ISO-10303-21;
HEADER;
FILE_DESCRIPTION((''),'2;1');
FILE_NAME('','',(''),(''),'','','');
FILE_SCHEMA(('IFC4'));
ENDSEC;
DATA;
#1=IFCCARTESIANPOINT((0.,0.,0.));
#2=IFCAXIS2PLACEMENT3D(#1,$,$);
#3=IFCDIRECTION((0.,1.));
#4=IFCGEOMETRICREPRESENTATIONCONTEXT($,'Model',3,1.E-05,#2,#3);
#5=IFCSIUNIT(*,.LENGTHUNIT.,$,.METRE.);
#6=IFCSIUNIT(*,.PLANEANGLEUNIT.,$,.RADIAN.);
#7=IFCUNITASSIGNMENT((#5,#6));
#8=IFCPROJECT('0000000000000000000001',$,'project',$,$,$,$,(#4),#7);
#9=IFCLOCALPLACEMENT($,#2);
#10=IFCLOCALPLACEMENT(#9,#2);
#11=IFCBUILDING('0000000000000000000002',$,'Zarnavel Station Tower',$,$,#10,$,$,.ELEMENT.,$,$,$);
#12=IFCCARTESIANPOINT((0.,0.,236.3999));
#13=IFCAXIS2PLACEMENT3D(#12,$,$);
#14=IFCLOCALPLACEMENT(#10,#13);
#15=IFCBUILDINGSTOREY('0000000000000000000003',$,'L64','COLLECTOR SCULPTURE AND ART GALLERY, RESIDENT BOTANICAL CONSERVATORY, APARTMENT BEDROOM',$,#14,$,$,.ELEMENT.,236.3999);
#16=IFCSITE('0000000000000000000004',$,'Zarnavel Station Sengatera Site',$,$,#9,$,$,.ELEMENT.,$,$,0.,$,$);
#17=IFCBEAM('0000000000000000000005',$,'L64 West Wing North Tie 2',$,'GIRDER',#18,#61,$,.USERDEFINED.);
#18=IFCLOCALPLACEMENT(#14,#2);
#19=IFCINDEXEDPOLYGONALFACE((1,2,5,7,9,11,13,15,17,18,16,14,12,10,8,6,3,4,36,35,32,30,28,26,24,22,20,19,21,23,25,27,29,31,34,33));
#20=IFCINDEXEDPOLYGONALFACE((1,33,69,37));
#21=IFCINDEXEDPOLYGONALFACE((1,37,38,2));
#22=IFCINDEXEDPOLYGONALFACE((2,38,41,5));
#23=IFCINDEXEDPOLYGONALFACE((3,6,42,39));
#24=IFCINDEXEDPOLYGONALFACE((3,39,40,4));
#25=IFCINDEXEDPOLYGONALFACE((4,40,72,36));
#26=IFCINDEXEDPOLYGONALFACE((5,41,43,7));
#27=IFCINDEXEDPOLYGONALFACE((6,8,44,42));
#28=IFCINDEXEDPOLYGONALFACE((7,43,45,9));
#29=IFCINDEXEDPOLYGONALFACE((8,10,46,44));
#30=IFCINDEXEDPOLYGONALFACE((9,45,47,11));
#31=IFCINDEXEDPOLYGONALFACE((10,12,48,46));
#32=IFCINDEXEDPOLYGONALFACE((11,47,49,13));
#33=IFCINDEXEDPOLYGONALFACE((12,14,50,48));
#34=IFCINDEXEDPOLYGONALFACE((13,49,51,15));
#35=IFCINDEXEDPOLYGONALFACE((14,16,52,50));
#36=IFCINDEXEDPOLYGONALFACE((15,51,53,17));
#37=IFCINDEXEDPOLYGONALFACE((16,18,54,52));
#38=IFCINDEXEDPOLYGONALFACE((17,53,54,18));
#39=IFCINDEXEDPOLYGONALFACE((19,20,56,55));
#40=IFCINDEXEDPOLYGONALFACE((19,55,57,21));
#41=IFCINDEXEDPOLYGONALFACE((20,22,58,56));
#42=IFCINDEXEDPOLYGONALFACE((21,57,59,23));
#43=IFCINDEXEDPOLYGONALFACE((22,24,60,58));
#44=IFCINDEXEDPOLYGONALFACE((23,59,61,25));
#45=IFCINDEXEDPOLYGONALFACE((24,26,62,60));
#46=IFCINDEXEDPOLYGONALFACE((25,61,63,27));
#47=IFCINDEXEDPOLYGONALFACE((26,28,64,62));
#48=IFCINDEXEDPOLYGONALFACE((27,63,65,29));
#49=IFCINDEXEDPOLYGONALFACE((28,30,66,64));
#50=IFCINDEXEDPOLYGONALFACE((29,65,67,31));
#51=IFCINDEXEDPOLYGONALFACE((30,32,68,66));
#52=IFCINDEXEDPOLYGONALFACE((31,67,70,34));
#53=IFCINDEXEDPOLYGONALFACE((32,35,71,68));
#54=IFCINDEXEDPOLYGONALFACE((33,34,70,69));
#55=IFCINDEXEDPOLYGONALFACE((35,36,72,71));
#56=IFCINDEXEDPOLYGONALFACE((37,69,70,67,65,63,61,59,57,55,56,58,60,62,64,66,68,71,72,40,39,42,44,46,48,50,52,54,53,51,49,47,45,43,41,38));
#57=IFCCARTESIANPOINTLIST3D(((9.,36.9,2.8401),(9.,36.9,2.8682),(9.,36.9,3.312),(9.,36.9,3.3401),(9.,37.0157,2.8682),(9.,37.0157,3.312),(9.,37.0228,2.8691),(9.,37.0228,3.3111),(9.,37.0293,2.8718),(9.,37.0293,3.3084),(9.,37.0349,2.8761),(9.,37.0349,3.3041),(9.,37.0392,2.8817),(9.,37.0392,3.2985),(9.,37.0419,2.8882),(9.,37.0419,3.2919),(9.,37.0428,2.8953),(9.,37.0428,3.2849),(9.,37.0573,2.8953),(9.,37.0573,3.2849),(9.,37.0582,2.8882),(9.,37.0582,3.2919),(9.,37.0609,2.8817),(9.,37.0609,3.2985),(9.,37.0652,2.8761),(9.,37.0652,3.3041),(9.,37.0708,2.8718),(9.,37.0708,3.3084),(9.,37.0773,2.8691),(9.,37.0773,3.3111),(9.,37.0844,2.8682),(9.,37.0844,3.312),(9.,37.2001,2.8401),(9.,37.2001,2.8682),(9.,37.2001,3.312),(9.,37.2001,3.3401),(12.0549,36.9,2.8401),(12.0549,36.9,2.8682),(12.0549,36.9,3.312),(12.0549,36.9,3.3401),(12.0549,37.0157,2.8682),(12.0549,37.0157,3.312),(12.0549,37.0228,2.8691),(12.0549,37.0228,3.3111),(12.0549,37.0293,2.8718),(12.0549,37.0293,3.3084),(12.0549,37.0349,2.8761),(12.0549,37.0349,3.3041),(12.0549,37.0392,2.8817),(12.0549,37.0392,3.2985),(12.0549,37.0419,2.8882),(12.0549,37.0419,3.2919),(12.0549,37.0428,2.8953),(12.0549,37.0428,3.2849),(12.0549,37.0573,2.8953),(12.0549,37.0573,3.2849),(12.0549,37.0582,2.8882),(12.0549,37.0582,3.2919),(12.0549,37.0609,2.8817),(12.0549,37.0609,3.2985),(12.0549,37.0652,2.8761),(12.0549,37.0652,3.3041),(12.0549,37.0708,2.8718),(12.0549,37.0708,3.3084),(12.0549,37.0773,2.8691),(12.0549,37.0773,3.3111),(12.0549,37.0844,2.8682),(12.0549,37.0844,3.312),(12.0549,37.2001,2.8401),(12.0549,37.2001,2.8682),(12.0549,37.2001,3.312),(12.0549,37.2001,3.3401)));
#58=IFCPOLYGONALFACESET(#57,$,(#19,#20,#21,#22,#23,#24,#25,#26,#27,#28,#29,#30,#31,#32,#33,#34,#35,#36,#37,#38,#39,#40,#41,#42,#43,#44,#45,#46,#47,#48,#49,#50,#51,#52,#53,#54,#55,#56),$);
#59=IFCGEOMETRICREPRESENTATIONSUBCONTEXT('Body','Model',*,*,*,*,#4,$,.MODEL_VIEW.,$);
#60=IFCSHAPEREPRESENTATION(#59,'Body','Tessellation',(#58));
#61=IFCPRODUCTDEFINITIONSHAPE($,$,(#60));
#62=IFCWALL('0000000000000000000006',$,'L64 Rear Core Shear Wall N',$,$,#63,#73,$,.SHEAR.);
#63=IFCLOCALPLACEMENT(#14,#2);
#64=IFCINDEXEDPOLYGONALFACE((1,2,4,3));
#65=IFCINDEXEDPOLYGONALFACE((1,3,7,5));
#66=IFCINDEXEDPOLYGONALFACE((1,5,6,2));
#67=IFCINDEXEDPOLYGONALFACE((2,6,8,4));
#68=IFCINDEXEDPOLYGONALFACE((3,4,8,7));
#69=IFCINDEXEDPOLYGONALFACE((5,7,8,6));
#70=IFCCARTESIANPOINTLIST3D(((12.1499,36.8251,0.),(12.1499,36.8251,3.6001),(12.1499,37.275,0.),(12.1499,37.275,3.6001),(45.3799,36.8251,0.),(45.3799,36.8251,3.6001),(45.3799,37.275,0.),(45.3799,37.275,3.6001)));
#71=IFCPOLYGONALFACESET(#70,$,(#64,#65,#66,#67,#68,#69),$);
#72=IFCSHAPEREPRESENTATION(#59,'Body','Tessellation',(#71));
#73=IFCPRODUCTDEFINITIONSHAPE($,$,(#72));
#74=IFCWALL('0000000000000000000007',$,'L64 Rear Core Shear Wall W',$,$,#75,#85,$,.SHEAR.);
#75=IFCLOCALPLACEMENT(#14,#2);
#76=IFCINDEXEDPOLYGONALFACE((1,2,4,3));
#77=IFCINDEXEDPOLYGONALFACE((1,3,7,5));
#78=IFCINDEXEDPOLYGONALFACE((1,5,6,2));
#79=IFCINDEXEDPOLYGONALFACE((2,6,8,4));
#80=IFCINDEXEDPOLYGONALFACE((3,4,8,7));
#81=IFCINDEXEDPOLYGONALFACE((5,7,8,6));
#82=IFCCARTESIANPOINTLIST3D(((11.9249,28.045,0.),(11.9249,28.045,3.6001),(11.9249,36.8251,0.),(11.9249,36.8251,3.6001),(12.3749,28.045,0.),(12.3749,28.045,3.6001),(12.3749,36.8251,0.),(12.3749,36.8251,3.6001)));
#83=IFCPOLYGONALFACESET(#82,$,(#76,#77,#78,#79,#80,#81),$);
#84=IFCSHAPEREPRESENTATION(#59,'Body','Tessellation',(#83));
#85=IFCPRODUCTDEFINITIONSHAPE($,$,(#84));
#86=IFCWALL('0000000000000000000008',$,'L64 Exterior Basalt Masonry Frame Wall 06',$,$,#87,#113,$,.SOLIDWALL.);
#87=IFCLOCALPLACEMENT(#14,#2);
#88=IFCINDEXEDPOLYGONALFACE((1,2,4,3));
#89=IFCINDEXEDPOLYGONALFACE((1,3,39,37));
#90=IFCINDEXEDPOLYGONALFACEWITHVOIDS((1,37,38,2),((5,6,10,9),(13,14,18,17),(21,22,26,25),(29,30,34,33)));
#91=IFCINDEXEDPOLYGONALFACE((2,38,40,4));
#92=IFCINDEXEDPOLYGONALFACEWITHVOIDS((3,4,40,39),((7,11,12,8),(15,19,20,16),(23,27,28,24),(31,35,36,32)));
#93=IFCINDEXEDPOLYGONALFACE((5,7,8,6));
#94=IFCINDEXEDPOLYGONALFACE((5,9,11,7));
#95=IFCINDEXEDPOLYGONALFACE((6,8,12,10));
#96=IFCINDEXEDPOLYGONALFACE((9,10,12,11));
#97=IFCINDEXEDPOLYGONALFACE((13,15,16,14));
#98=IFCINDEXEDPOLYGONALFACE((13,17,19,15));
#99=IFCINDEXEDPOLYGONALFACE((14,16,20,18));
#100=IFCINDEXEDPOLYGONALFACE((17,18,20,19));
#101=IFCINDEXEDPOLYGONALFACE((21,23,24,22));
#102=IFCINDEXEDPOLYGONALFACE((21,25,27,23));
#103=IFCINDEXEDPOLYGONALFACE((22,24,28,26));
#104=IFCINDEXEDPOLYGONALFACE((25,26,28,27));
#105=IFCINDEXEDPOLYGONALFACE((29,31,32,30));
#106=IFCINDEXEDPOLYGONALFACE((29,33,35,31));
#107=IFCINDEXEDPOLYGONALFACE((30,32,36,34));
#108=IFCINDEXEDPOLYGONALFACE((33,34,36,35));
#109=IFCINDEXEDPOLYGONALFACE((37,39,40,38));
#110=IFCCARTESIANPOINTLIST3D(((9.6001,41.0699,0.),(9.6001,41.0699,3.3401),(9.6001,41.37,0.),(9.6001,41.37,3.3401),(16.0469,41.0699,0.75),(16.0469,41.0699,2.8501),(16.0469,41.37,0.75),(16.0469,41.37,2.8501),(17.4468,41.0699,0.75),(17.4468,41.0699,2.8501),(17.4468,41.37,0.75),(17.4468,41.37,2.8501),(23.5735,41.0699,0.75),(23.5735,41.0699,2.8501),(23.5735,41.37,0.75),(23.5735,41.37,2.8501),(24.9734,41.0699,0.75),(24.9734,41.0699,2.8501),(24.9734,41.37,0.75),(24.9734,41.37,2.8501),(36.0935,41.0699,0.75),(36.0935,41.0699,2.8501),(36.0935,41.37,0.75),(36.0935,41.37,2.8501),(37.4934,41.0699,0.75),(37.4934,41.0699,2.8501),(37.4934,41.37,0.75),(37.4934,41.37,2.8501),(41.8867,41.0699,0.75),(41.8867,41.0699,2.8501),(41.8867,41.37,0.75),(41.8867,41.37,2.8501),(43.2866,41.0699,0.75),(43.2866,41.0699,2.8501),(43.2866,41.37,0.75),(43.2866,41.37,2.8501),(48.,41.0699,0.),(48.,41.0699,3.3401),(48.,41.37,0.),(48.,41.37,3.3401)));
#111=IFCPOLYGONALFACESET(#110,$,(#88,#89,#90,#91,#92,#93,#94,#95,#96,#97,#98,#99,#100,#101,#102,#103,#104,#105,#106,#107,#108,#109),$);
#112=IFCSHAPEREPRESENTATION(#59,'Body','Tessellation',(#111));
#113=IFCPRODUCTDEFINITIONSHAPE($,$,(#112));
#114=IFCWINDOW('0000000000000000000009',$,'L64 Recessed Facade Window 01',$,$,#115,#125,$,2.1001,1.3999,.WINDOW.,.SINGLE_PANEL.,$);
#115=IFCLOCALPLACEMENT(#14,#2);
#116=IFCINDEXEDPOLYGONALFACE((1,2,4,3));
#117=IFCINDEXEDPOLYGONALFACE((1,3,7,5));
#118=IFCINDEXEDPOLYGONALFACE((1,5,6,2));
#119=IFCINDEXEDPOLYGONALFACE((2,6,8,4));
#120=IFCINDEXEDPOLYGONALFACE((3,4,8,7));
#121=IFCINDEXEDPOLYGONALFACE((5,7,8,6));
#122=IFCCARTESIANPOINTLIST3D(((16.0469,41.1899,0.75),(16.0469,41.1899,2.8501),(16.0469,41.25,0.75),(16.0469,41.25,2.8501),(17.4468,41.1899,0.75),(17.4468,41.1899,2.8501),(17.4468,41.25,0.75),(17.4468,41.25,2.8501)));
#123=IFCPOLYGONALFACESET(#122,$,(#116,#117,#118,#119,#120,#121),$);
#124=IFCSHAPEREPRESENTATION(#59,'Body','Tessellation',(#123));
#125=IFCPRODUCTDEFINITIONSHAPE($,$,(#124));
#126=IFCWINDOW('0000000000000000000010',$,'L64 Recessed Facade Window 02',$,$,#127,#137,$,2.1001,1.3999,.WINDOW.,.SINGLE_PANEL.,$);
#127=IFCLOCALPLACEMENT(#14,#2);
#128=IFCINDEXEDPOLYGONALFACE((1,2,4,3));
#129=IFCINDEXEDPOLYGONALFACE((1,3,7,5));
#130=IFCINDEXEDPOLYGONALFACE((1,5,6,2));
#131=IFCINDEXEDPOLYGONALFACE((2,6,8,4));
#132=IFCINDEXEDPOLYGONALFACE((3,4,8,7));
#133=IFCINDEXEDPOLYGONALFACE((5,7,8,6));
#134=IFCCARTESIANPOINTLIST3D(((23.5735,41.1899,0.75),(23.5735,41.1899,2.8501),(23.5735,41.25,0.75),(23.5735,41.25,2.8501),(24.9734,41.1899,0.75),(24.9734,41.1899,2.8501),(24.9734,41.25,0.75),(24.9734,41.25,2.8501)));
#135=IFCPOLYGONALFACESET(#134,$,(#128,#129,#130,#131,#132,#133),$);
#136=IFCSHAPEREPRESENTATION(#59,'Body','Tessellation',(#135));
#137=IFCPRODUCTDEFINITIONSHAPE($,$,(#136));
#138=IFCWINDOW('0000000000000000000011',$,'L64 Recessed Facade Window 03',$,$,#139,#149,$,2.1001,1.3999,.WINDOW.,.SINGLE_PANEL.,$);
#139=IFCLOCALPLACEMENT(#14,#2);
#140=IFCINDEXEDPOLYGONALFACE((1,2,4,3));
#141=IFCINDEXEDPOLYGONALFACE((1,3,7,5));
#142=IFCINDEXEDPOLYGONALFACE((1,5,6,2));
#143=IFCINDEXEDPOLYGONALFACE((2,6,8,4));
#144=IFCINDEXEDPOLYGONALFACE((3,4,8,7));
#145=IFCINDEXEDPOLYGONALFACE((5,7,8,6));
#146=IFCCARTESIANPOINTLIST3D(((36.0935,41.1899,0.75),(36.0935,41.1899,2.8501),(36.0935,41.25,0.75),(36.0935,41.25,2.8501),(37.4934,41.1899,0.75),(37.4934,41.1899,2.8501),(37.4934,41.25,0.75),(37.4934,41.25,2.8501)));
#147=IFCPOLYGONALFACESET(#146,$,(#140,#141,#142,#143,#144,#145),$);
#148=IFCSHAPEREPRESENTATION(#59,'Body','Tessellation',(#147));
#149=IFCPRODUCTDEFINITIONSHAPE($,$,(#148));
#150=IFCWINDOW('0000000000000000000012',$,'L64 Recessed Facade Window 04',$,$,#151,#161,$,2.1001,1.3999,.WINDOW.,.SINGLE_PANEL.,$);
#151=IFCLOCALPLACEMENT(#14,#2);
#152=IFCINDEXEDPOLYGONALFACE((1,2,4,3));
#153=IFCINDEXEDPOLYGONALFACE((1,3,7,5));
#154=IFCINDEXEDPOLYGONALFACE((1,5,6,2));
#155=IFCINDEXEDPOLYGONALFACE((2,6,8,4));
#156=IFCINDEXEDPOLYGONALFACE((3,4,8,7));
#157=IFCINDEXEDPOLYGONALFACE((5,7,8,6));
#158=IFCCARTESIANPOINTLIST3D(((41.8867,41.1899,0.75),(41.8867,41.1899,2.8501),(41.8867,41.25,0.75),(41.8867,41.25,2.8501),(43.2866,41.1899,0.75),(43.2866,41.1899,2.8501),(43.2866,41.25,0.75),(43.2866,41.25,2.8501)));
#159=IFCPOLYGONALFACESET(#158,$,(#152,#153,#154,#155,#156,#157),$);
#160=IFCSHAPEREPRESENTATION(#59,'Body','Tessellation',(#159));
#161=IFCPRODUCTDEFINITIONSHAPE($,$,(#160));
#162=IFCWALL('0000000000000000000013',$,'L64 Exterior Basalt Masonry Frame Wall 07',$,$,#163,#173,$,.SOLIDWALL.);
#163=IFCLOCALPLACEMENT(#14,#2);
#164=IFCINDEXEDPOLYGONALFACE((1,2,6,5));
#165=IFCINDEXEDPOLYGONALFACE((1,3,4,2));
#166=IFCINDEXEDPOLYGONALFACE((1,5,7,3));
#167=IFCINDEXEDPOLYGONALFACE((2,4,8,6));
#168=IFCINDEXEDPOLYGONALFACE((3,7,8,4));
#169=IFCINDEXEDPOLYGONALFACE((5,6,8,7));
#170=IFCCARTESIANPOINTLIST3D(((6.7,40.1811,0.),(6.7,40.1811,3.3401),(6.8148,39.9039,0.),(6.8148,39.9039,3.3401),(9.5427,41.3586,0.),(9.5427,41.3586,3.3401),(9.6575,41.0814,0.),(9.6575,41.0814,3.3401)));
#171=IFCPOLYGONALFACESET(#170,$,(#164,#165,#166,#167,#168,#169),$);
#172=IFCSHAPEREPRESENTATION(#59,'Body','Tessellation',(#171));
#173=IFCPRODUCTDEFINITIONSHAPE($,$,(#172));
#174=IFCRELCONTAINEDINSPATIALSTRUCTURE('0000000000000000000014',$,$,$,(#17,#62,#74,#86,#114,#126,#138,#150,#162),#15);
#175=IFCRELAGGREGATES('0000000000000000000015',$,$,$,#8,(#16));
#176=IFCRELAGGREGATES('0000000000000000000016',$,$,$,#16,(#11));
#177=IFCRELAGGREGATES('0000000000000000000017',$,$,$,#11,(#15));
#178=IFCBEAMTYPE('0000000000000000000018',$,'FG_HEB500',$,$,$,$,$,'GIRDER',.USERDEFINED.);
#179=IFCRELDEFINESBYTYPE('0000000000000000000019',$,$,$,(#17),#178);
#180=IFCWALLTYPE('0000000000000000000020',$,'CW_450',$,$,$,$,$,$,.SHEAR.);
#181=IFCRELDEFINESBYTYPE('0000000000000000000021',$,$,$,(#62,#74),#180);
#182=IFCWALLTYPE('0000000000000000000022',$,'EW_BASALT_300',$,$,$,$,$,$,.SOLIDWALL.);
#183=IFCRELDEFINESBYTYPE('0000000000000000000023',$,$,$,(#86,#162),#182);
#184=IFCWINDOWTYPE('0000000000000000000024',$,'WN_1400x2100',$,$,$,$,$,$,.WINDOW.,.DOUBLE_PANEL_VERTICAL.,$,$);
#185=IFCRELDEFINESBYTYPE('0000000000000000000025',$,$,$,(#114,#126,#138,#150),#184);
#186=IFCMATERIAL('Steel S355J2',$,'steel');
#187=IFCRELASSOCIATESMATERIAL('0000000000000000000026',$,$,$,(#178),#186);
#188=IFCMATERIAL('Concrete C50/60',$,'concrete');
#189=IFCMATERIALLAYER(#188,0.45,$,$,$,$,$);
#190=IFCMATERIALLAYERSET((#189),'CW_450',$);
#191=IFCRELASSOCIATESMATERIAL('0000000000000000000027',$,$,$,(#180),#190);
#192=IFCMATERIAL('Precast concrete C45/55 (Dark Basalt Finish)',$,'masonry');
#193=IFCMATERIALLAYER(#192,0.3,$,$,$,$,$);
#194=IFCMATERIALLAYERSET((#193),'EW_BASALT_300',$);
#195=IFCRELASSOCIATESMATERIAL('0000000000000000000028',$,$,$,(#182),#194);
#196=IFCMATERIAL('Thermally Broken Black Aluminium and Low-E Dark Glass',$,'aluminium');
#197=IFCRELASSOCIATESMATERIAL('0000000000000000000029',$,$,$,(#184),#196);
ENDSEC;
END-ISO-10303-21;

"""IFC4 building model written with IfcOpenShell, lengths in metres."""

from ifc_helpers import new_model, si_unit, direction, frame, frame_2d, origin, origin_2d, place, context, subcontext, project, spatial, rectangle, i_section, extrude, material, layer, layer_set, material_profile, profile_set, type_object, element, fill, save


model = new_model("IFC4")

# Units and contexts
model_context = context("Model", 3, precision=1e-05, world=origin(), true_north=direction((0.0, 1.0)))
body_context = subcontext(model_context, "Body", "Model", "MODEL_VIEW")
ifc_project = project(units=[si_unit("LENGTHUNIT", "METRE"), si_unit("PLANEANGLEUNIT", "RADIAN")], contexts=[model_context])

# Site, building, storey
site_placement = place(None, origin())
site = spatial("IfcSite", under=ifc_project, at=site_placement, Name="Zarnavel Station Sengatera Site", CompositionType="ELEMENT", RefElevation=0.0)
building_placement = place(site_placement, origin())
building = spatial("IfcBuilding", under=site, at=building_placement, Name="Zarnavel Station Tower", CompositionType="ELEMENT")
storey_placement = place(building_placement, frame((0.0, 0.0, 236.3999)))
storey = spatial("IfcBuildingStorey", under=building, at=storey_placement, Name="L64", Description="COLLECTOR SCULPTURE AND ART GALLERY, RESIDENT BOTANICAL CONSERVATORY, APARTMENT BEDROOM", CompositionType="ELEMENT", Elevation=236.3999)

# Beam
ifc_material_1 = material(Name="Steel S355J2", Category="steel")
ifc_material_profile_1 = material_profile(ifc_material_1, i_section(OverallWidth=0.3, OverallDepth=0.5, WebThickness=0.0144, FlangeThickness=0.0281, FilletRadius=0.0271, at=origin_2d()), Name="HEB500")
ifc_profile_set_1 = profile_set([ifc_material_profile_1], Name="Steel S355J2")
beam_type = type_object("IfcBeamType", Name="FG_HEB500", ElementType="GIRDER", PredefinedType="USERDEFINED", material=ifc_profile_set_1)
beam_1_placement = place(storey_placement, frame((9.0, 37.05, 3.0901), z_axis=(1.0, 0.0, 0.0), x_axis=(0.0, 1.0, 0.0)))
element("IfcBeam", 1, at=beam_1_placement, inside=storey, type_object=beam_type, Name="L64 West Wing North Tie 2", ObjectType="GIRDER", PredefinedType="USERDEFINED", context=body_context, shape_type="SweptSolid", body=[
    extrude(i_section(OverallWidth=0.3, OverallDepth=0.5, WebThickness=0.0144, FlangeThickness=0.0281, FilletRadius=0.0271, at=origin_2d()), origin(), (0.0, 0.0, 1.0), 3.0549),
])

# Walls
ifc_material_2 = material(Name="Concrete C50/60", Category="concrete")
ifc_layer_1 = layer(ifc_material_2, 0.45)
ifc_layer_set_1 = layer_set([ifc_layer_1], Name="CW_450")
wall_type_1 = type_object("IfcWallType", Name="CW_450", PredefinedType="SHEAR", material=ifc_layer_set_1)
wall_1_placement = place(storey_placement, frame((12.1499, 37.05, 0.0), z_axis=(0.0, 0.0, 1.0), x_axis=(1.0, 0.0, 0.0)))
element("IfcWall", 2, at=wall_1_placement, inside=storey, type_object=wall_type_1, Name="L64 Rear Core Shear Wall N", PredefinedType="SHEAR", context=body_context, shape_type="SweptSolid", body=[
    extrude(rectangle(XDim=33.23, YDim=0.45, at=frame_2d((16.615, 0.0))), origin(), (0.0, 0.0, 1.0), 3.6001),
])
wall_2_placement = place(storey_placement, frame((12.1499, 28.0449, 0.0), z_axis=(0.0, 0.0, 1.0), x_axis=(0.0, 1.0, 0.0)))
element("IfcWall", 3, at=wall_2_placement, inside=storey, type_object=wall_type_1, Name="L64 Rear Core Shear Wall W", PredefinedType="SHEAR", context=body_context, shape_type="SweptSolid", body=[
    extrude(rectangle(XDim=8.78, YDim=0.45, at=frame_2d((4.3901, 0.0))), origin(), (0.0, 0.0, 1.0), 3.6001),
])

# Wall, openings, windows
ifc_material_3 = material(Name="Precast concrete C45/55 (Dark Basalt Finish)", Category="masonry")
ifc_layer_2 = layer(ifc_material_3, 0.3)
ifc_layer_set_2 = layer_set([ifc_layer_2], Name="EW_BASALT_300")
wall_type_2 = type_object("IfcWallType", Name="EW_BASALT_300", PredefinedType="SOLIDWALL", material=ifc_layer_set_2)
wall_3_placement = place(storey_placement, frame((9.6001, 41.22, 0.0), z_axis=(0.0, 0.0, 1.0), x_axis=(1.0, 0.0, 0.0)))
wall_3 = element("IfcWall", 4, at=wall_3_placement, inside=storey, type_object=wall_type_2, Name="L64 Exterior Basalt Masonry Frame Wall 06", PredefinedType="SOLIDWALL", context=body_context, shape_type="SweptSolid", body=[
    extrude(rectangle(XDim=38.3999, YDim=0.3, at=frame_2d((19.2, 0.0))), origin(), (0.0, 0.0, 1.0), 3.3401),
])
opening_1_placement = place(wall_3_placement, frame((6.4468, 0.0, 0.75)))
opening_1 = element("IfcOpeningElement", 5, at=opening_1_placement, cuts=wall_3, PredefinedType="OPENING", context=body_context, shape_type="SweptSolid", body=[
    extrude(rectangle(XDim=1.3999, YDim=2.1001, at=frame_2d((0.7, 1.05))), frame((0.0, 0.1599, 0.0), z_axis=(0.0, -1.0, 0.0), x_axis=(1.0, 0.0, 0.0)), (0.0, 0.0, 1.0), 0.3201),
])
opening_2_placement = place(wall_3_placement, frame((13.9734, 0.0, 0.75)))
opening_2 = element("IfcOpeningElement", 6, at=opening_2_placement, cuts=wall_3, PredefinedType="OPENING", context=body_context, shape_type="SweptSolid", body=[
    extrude(rectangle(XDim=1.3999, YDim=2.1001, at=frame_2d((0.7, 1.05))), frame((0.0, 0.1599, 0.0), z_axis=(0.0, -1.0, 0.0), x_axis=(1.0, 0.0, 0.0)), (0.0, 0.0, 1.0), 0.3201),
])
opening_3_placement = place(wall_3_placement, frame((26.4934, 0.0, 0.75)))
opening_3 = element("IfcOpeningElement", 7, at=opening_3_placement, cuts=wall_3, PredefinedType="OPENING", context=body_context, shape_type="SweptSolid", body=[
    extrude(rectangle(XDim=1.3999, YDim=2.1001, at=frame_2d((0.7, 1.05))), frame((0.0, 0.1599, 0.0), z_axis=(0.0, -1.0, 0.0), x_axis=(1.0, 0.0, 0.0)), (0.0, 0.0, 1.0), 0.3201),
])
opening_4_placement = place(wall_3_placement, frame((32.2866, 0.0, 0.75)))
opening_4 = element("IfcOpeningElement", 8, at=opening_4_placement, cuts=wall_3, PredefinedType="OPENING", context=body_context, shape_type="SweptSolid", body=[
    extrude(rectangle(XDim=1.3999, YDim=2.1001, at=frame_2d((0.7, 1.05))), frame((0.0, 0.1599, 0.0), z_axis=(0.0, -1.0, 0.0), x_axis=(1.0, 0.0, 0.0)), (0.0, 0.0, 1.0), 0.3201),
])
ifc_material_4 = material(Name="Thermally Broken Black Aluminium and Low-E Dark Glass", Category="aluminium")
window_type = type_object("IfcWindowType", Name="WN_1400x2100", PartitioningType="DOUBLE_PANEL_VERTICAL", PredefinedType="WINDOW", material=ifc_material_4)
window_1_placement = place(opening_1_placement, origin())
window_1 = element("IfcWindow", 9, at=window_1_placement, inside=storey, type_object=window_type, Name="L64 Recessed Facade Window 01", OverallHeight=2.1001, OverallWidth=1.3999, PartitioningType="SINGLE_PANEL", PredefinedType="WINDOW", context=body_context, shape_type="SweptSolid", body=[
    extrude(rectangle(XDim=1.3999, YDim=2.1001, at=frame_2d((0.7, 1.05))), frame((0.0, 0.03, 0.0), z_axis=(0.0, -1.0, 0.0), x_axis=(1.0, 0.0, 0.0)), (0.0, 0.0, 1.0), 0.0601),
])
fill(opening_1, window_1)
window_2_placement = place(opening_2_placement, origin())
window_2 = element("IfcWindow", 10, at=window_2_placement, inside=storey, type_object=window_type, Name="L64 Recessed Facade Window 02", OverallHeight=2.1001, OverallWidth=1.3999, PartitioningType="SINGLE_PANEL", PredefinedType="WINDOW", context=body_context, shape_type="SweptSolid", body=[
    extrude(rectangle(XDim=1.3999, YDim=2.1001, at=frame_2d((0.7, 1.05))), frame((0.0, 0.03, 0.0), z_axis=(0.0, -1.0, 0.0), x_axis=(1.0, 0.0, 0.0)), (0.0, 0.0, 1.0), 0.0601),
])
fill(opening_2, window_2)
window_3_placement = place(opening_3_placement, origin())
window_3 = element("IfcWindow", 11, at=window_3_placement, inside=storey, type_object=window_type, Name="L64 Recessed Facade Window 03", OverallHeight=2.1001, OverallWidth=1.3999, PartitioningType="SINGLE_PANEL", PredefinedType="WINDOW", context=body_context, shape_type="SweptSolid", body=[
    extrude(rectangle(XDim=1.3999, YDim=2.1001, at=frame_2d((0.7, 1.05))), frame((0.0, 0.03, 0.0), z_axis=(0.0, -1.0, 0.0), x_axis=(1.0, 0.0, 0.0)), (0.0, 0.0, 1.0), 0.0601),
])
fill(opening_3, window_3)
window_4_placement = place(opening_4_placement, origin())
window_4 = element("IfcWindow", 12, at=window_4_placement, inside=storey, type_object=window_type, Name="L64 Recessed Facade Window 04", OverallHeight=2.1001, OverallWidth=1.3999, PartitioningType="SINGLE_PANEL", PredefinedType="WINDOW", context=body_context, shape_type="SweptSolid", body=[
    extrude(rectangle(XDim=1.3999, YDim=2.1001, at=frame_2d((0.7, 1.05))), frame((0.0, 0.03, 0.0), z_axis=(0.0, -1.0, 0.0), x_axis=(1.0, 0.0, 0.0)), (0.0, 0.0, 1.0), 0.0601),
])
fill(opening_4, window_4)

# Wall
wall_4_placement = place(storey_placement, frame((6.7573, 40.0425, 0.0), z_axis=(0.0, 0.0, 1.0), x_axis=(0.923882, 0.382676, 0.0)))
element("IfcWall", 13, at=wall_4_placement, inside=storey, type_object=wall_type_2, Name="L64 Exterior Basalt Masonry Frame Wall 07", PredefinedType="SOLIDWALL", context=body_context, shape_type="SweptSolid", body=[
    extrude(rectangle(XDim=3.0769, YDim=0.3, at=frame_2d((1.5386, 0.0))), origin(), (0.0, 0.0, 1.0), 3.3401),
])

save(model, "model.ifc")
